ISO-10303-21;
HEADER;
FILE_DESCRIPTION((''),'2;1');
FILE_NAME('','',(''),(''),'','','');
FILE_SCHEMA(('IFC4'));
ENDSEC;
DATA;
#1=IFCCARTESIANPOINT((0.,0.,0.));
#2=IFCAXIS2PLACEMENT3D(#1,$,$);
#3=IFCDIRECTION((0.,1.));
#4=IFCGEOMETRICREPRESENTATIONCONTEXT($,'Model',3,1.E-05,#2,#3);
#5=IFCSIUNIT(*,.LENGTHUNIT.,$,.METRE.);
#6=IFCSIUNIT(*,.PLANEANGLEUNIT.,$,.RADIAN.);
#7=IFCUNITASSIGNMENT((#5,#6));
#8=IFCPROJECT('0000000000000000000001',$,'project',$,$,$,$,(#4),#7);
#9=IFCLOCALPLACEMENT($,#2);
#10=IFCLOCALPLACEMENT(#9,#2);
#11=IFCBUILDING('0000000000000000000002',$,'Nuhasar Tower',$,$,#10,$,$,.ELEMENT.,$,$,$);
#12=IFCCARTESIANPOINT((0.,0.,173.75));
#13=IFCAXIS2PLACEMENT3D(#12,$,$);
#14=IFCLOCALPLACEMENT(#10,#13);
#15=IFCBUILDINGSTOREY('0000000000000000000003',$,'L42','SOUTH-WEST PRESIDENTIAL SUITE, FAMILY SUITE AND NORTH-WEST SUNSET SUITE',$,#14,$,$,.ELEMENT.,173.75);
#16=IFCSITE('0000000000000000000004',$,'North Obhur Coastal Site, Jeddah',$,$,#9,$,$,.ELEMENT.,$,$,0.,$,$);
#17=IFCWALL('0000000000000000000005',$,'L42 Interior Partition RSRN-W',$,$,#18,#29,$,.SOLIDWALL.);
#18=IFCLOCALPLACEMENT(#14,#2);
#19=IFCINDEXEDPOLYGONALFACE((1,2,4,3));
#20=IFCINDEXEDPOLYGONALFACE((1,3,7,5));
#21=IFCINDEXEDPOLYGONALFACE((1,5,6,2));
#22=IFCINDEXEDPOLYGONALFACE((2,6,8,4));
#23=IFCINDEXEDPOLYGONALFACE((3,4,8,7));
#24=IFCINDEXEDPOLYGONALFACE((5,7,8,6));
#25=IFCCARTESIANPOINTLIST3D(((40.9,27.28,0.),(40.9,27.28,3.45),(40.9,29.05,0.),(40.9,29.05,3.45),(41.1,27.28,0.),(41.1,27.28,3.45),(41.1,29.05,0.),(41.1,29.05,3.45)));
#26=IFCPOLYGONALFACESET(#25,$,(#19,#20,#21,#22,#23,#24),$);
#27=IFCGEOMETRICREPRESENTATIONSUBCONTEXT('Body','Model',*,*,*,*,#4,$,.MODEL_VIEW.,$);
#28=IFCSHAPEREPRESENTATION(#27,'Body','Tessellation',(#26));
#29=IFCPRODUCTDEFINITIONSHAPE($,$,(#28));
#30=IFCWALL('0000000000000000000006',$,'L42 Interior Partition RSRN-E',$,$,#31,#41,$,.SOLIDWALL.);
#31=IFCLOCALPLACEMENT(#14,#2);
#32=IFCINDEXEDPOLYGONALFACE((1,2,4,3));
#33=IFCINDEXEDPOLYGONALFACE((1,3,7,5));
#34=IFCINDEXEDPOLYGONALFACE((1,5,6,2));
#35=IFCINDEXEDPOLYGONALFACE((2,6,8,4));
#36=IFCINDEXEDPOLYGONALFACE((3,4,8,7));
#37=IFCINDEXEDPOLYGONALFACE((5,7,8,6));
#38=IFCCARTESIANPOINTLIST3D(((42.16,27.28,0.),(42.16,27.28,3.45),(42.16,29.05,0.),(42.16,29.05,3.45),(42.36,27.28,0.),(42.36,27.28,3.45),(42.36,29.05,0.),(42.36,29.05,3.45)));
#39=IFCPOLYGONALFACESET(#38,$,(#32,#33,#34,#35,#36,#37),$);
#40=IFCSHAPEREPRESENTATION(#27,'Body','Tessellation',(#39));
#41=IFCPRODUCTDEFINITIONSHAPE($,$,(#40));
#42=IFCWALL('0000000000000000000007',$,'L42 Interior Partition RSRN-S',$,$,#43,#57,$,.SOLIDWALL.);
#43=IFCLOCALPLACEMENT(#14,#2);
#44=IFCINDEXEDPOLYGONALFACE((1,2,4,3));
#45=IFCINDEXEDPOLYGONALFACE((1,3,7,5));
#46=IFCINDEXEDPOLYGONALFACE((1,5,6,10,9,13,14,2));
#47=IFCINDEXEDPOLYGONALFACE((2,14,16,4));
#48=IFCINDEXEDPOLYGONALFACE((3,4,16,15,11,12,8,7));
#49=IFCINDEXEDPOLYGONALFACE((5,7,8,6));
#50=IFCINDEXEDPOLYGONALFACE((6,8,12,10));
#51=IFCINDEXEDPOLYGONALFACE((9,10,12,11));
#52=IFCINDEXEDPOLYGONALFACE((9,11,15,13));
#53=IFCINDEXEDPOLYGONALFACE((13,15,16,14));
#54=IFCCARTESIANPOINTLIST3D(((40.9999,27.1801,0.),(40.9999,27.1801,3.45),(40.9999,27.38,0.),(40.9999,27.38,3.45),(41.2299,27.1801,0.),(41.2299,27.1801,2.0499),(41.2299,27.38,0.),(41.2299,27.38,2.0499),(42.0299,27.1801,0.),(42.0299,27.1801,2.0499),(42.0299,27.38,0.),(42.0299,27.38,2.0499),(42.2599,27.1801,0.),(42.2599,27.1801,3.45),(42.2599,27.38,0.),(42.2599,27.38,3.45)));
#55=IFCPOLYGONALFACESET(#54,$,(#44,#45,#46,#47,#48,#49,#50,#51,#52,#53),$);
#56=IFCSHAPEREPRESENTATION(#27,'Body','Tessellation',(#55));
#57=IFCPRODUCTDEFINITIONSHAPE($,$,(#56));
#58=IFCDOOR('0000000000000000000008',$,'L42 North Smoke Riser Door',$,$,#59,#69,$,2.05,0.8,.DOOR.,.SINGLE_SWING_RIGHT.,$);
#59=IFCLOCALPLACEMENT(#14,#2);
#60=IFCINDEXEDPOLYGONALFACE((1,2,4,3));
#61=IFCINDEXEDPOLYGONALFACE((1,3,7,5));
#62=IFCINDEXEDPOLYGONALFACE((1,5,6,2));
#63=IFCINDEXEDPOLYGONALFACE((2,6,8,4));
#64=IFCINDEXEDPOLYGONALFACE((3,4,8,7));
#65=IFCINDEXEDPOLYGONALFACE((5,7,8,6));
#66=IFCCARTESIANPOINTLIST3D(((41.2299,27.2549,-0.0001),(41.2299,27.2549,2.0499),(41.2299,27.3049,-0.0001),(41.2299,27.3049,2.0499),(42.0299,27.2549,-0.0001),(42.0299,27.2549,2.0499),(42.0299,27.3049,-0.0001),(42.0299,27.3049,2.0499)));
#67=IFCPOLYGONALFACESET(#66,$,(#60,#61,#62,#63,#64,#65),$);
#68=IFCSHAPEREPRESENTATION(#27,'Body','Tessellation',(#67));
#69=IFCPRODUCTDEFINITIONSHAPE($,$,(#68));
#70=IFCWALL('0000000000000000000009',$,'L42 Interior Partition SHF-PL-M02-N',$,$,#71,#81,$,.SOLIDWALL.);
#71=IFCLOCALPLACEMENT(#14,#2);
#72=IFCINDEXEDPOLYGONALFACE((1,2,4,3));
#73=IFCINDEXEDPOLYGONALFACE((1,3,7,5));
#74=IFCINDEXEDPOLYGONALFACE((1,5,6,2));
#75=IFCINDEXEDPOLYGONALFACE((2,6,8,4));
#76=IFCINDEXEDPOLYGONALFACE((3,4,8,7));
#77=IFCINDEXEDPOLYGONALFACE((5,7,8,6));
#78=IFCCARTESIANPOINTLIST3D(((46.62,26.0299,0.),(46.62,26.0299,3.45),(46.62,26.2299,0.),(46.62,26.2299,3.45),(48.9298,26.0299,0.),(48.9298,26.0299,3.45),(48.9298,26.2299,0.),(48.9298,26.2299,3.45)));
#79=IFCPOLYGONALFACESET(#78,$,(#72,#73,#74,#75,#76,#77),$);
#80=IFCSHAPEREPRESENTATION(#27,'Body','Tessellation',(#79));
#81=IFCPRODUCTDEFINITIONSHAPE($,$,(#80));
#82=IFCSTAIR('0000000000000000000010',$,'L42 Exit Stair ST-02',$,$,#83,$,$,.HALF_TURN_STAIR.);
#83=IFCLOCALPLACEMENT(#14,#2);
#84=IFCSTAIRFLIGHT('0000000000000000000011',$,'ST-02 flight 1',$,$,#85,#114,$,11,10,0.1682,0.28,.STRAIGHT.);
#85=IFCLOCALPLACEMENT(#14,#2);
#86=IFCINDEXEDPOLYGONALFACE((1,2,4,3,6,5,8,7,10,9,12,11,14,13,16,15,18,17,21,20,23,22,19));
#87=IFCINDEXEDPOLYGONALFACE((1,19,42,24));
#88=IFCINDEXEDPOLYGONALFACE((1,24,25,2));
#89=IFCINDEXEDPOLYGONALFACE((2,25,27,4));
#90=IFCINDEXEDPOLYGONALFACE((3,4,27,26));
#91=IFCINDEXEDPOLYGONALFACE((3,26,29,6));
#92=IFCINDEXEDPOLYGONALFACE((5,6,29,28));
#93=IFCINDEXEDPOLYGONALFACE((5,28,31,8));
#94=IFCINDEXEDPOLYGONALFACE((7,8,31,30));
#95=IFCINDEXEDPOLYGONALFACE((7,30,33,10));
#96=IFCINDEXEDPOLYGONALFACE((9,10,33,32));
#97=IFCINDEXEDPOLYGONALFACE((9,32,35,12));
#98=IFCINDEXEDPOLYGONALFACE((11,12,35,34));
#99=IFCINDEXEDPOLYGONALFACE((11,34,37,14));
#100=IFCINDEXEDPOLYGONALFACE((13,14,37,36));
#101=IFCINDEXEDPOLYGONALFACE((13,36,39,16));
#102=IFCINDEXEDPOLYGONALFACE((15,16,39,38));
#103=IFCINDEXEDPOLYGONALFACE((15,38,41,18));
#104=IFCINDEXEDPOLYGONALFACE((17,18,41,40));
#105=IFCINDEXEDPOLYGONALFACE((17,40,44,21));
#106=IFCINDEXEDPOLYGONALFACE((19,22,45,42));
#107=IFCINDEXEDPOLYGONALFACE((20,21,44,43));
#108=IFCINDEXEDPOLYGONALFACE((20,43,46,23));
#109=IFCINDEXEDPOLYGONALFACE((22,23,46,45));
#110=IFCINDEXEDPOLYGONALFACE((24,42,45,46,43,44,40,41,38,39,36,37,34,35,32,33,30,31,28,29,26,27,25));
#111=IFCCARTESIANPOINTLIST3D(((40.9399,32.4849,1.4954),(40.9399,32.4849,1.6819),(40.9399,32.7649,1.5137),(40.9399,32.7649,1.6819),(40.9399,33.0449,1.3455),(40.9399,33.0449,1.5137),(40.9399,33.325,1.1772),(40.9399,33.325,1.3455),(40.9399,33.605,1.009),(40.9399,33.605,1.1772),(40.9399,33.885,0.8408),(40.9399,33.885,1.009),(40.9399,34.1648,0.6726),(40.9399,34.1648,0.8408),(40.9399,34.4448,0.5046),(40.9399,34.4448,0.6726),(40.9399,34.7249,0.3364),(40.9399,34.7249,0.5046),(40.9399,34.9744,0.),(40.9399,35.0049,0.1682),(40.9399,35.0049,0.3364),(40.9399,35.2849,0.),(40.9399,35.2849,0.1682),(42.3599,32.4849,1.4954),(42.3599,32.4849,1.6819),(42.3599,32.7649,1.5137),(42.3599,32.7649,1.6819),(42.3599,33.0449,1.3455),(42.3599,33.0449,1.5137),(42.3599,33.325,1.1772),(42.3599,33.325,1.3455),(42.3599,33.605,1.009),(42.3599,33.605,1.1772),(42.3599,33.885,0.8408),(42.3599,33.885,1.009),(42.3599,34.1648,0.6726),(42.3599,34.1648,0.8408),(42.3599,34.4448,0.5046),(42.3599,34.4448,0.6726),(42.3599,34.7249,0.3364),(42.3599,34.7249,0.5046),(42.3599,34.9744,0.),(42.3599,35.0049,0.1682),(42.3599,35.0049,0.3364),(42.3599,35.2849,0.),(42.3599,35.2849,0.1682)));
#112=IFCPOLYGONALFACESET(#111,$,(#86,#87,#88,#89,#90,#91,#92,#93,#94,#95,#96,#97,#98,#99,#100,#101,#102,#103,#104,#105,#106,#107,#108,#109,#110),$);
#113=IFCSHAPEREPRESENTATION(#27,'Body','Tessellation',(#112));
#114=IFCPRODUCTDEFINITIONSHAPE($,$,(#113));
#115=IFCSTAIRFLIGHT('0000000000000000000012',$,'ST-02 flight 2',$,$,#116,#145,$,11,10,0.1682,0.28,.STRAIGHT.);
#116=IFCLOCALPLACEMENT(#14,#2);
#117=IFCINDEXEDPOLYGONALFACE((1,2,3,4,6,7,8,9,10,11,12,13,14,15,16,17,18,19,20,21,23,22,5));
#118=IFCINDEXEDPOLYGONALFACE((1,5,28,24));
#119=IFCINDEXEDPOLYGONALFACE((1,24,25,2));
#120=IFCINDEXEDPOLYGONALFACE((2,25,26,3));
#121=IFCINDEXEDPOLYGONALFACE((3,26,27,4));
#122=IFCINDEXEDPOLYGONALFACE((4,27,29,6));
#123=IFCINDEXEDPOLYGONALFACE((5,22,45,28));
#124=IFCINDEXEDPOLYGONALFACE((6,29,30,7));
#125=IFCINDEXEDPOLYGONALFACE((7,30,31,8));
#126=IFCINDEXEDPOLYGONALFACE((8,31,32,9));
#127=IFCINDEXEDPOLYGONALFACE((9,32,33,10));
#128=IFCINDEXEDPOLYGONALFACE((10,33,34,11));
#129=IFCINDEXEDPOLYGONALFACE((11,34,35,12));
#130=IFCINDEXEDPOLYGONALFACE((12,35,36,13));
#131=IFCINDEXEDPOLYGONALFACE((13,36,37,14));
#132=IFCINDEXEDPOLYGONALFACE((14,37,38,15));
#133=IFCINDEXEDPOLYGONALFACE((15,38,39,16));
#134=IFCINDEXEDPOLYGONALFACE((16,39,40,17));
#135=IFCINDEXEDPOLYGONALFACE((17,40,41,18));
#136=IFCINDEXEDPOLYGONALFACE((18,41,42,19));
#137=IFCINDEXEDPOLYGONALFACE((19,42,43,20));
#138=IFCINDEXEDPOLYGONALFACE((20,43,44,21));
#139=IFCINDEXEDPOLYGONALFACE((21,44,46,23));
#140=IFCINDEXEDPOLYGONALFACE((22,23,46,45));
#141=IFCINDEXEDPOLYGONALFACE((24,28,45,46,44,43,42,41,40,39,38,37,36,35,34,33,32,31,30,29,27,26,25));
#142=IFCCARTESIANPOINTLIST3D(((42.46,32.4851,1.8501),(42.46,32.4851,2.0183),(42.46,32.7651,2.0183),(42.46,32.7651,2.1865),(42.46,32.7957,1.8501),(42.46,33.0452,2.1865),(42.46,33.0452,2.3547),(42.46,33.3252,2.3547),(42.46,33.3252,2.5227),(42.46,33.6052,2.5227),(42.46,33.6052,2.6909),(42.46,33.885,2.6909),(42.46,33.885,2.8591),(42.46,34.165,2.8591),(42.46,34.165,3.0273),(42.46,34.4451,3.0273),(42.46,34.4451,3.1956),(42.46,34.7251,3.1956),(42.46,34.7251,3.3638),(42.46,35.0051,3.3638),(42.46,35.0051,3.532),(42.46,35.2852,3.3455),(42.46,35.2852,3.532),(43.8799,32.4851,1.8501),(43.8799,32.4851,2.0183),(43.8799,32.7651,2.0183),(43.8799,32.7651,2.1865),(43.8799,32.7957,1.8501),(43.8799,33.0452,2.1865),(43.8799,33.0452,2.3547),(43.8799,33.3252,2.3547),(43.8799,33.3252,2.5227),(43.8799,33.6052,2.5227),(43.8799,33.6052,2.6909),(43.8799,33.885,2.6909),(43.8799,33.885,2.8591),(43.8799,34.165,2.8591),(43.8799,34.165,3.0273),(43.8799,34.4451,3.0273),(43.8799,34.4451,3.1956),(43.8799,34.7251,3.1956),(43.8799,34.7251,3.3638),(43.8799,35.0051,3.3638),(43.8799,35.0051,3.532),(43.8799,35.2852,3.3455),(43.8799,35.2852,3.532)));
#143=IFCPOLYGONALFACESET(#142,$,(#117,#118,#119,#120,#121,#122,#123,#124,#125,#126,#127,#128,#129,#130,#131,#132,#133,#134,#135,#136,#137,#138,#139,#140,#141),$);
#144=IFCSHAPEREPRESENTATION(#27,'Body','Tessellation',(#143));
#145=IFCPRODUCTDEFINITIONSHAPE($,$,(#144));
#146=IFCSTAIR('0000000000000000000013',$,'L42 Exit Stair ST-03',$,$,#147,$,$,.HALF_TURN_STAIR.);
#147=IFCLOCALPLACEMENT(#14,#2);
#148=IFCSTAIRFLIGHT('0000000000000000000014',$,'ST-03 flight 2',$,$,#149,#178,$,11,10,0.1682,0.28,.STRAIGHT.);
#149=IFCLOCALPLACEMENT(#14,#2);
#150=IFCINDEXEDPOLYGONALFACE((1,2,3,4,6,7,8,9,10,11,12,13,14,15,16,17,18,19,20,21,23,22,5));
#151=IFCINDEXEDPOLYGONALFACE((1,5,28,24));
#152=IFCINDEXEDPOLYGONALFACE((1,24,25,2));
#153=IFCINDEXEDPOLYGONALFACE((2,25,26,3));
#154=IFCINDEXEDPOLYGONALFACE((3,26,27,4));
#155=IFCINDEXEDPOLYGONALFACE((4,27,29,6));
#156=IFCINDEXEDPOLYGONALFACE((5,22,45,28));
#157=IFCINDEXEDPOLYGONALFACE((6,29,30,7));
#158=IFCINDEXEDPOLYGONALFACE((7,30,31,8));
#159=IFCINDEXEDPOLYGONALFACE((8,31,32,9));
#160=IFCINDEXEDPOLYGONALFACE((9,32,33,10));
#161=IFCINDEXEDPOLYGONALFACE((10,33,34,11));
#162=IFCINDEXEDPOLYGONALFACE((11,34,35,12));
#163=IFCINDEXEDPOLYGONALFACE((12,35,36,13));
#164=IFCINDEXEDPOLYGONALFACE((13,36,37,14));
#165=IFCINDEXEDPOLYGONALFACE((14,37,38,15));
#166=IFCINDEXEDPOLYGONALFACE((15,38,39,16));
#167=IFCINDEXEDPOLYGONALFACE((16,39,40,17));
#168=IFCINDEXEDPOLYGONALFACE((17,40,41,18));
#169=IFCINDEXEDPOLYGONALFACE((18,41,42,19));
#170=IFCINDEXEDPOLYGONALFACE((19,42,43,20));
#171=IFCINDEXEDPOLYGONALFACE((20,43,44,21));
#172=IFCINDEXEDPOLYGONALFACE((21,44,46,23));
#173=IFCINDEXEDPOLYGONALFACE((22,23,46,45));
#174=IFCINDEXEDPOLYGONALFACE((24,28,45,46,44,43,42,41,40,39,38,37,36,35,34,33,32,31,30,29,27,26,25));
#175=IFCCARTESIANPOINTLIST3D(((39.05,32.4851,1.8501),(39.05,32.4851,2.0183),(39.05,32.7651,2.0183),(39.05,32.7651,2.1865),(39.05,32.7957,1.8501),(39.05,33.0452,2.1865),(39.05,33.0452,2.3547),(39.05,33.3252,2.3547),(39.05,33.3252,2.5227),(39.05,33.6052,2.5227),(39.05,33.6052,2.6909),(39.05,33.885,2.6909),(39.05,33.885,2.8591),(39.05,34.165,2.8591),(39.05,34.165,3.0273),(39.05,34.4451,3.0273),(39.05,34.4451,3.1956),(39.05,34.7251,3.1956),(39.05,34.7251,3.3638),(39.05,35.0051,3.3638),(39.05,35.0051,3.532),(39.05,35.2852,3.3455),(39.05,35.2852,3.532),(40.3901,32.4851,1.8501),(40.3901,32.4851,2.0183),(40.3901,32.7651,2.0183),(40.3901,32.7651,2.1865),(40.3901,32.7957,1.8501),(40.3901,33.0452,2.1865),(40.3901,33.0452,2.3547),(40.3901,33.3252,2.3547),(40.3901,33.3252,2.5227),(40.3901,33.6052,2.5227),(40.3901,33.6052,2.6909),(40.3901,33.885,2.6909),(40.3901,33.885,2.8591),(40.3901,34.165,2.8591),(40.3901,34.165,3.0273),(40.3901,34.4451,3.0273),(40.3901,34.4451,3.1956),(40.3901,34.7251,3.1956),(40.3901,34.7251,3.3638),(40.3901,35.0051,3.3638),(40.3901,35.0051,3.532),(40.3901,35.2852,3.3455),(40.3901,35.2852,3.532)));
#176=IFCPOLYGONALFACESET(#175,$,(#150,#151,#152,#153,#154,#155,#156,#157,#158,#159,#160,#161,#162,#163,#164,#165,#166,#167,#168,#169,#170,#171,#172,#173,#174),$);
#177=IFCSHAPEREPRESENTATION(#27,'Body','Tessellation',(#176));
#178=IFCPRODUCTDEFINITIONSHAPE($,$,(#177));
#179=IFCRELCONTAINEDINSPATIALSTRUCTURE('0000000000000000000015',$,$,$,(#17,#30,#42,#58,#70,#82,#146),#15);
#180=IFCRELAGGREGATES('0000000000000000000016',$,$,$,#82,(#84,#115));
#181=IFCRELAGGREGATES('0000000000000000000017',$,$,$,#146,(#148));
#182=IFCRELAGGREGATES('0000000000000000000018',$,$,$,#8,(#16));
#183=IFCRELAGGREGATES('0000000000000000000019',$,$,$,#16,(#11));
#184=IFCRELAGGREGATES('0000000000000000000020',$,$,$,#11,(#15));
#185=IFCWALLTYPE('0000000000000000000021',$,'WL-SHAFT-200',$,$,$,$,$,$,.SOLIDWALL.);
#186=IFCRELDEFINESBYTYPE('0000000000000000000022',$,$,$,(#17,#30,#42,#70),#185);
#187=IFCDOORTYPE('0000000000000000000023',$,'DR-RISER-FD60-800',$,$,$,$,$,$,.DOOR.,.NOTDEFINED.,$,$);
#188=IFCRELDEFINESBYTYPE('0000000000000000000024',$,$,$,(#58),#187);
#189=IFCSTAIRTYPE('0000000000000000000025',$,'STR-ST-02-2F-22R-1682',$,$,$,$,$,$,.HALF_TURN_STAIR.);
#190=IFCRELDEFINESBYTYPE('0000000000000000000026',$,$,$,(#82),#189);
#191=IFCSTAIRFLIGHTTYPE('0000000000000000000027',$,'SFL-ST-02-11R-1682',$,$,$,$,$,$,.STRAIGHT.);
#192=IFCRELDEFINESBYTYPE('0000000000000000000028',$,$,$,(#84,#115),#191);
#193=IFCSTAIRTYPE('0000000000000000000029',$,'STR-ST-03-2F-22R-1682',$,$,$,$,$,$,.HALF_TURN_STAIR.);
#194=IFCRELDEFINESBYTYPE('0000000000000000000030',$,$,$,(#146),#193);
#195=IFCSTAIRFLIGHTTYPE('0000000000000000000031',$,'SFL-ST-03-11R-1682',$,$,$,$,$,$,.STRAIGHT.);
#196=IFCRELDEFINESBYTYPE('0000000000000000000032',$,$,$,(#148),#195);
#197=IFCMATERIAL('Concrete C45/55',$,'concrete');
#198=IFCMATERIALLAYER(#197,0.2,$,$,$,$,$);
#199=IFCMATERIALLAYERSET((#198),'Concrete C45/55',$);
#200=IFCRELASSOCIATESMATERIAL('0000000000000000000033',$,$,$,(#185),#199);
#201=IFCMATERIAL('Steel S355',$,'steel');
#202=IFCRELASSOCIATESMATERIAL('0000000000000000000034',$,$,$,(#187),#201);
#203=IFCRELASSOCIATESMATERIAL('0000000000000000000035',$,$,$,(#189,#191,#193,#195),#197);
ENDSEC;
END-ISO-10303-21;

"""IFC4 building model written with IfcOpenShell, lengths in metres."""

from ifc_helpers import new_model, si_unit, direction, frame, frame_2d, origin, place, context, subcontext, project, spatial, polyline, rectangle, outline, extrude, material, layer, layer_set, type_object, element, fill, aggregate, save


model = new_model("IFC4")

# Units and contexts
model_context = context("Model", 3, precision=1e-05, world=origin(), true_north=direction((0.0, 1.0)))
body_context = subcontext(model_context, "Body", "Model", "MODEL_VIEW")
ifc_project = project(units=[si_unit("LENGTHUNIT", "METRE"), si_unit("PLANEANGLEUNIT", "RADIAN")], contexts=[model_context])

# Site, building, storey
site_placement = place(None, origin())
site = spatial("IfcSite", under=ifc_project, at=site_placement, Name="North Obhur Coastal Site, Jeddah", CompositionType="ELEMENT", RefElevation=0.0)
building_placement = place(site_placement, origin())
building = spatial("IfcBuilding", under=site, at=building_placement, Name="Nuhasar Tower", CompositionType="ELEMENT")
storey_placement = place(building_placement, frame((0.0, 0.0, 173.75)))
storey = spatial("IfcBuildingStorey", under=building, at=storey_placement, Name="L42", Description="SOUTH-WEST PRESIDENTIAL SUITE, FAMILY SUITE AND NORTH-WEST SUNSET SUITE", CompositionType="ELEMENT", Elevation=173.75)

# Shared definitions
ifc_material_1 = material(Name="Steel S355", Category="steel")

# Shared definitions
ifc_material_2 = material(Name="Concrete C45/55", Category="concrete")

# Walls
ifc_layer_1 = layer(ifc_material_2, 0.2)
ifc_layer_set_1 = layer_set([ifc_layer_1], Name="Concrete C45/55")
wall_type_1 = type_object("IfcWallType", Name="WL-SHAFT-200", PredefinedType="SOLIDWALL", material=ifc_layer_set_1)
for number, where, z_axis, x_axis, name in (
    (1, (41.0, 27.28, 0.0), (0.0, 0.0, 1.0), (0.0, 1.0, 0.0), "L42 Interior Partition RSRN-W"),
    (2, (42.26, 27.28, 0.0), (0.0, 0.0, 1.0), (0.0, 1.0, 0.0), "L42 Interior Partition RSRN-E"),
):
    element("IfcWall", number, at=place(storey_placement, frame(where, z_axis=z_axis, x_axis=x_axis)), inside=storey, type_object=wall_type_1, Name=name, PredefinedType="SOLIDWALL", context=body_context, shape_type="SweptSolid", body=[
        extrude(rectangle(XDim=1.77, YDim=0.2, at=frame_2d((0.885, 0.0))), origin(), (0.0, 0.0, 1.0), 3.45),
    ])

# Wall, opening, door
wall_1_placement = place(storey_placement, frame((41.0, 27.28, 0.0), z_axis=(0.0, 0.0, 1.0), x_axis=(1.0, 0.0, 0.0)))
wall_1 = element("IfcWall", 3, at=wall_1_placement, inside=storey, type_object=wall_type_1, Name="L42 Interior Partition RSRN-S", PredefinedType="SOLIDWALL", context=body_context, shape_type="SweptSolid", body=[
    extrude(rectangle(XDim=1.26, YDim=0.2, at=frame_2d((0.6299, 0.0))), origin(), (0.0, 0.0, 1.0), 3.45),
])
opening_1_placement = place(wall_1_placement, frame((0.23, 0.0, 0.0)))
opening_1 = element("IfcOpeningElement", 4, at=opening_1_placement, cuts=wall_1, PredefinedType="OPENING", context=body_context, shape_type="SweptSolid", body=[
    extrude(rectangle(XDim=0.8, YDim=2.05, at=frame_2d((0.3999, 1.0249))), frame((0.0, 0.1099, 0.0), z_axis=(0.0, -1.0, 0.0), x_axis=(1.0, 0.0, 0.0)), (0.0, 0.0, 1.0), 0.22),
])
door_type_1 = type_object("IfcDoorType", Name="DR-RISER-FD60-800", OperationType="NOTDEFINED", PredefinedType="DOOR", material=ifc_material_1)
door_1_placement = place(opening_1_placement, origin())
door_1 = element("IfcDoor", 5, at=door_1_placement, inside=storey, type_object=door_type_1, Name="L42 North Smoke Riser Door", OperationType="SINGLE_SWING_RIGHT", OverallHeight=2.05, OverallWidth=0.8, PredefinedType="DOOR", context=body_context, shape_type="SweptSolid", body=[
    extrude(rectangle(XDim=0.8, YDim=2.05, at=frame_2d((0.3999, 1.0249))), frame((0.0, 0.0249, 0.0), z_axis=(0.0, -1.0, 0.0), x_axis=(1.0, 0.0, 0.0)), (0.0, 0.0, 1.0), 0.05),
])
fill(opening_1, door_1)

# Wall
wall_2_placement = place(storey_placement, frame((46.6201, 26.1299, 0.0), z_axis=(0.0, 0.0, 1.0), x_axis=(1.0, 0.0, 0.0)))
element("IfcWall", 6, at=wall_2_placement, inside=storey, type_object=wall_type_1, Name="L42 Interior Partition SHF-PL-M02-N", PredefinedType="SOLIDWALL", context=body_context, shape_type="SweptSolid", body=[
    extrude(rectangle(XDim=2.3098, YDim=0.2, at=frame_2d((1.1548, 0.0))), origin(), (0.0, 0.0, 1.0), 3.45),
])

# Stair, stair flights
stair_type_1 = type_object("IfcStairType", Name="STR-ST-02-2F-22R-1682", PredefinedType="HALF_TURN_STAIR", material=ifc_material_2)
stair_1_placement = place(storey_placement, origin())
stair_1 = element("IfcStair", 7, at=stair_1_placement, inside=storey, type_object=stair_type_1, Name="L42 Exit Stair ST-02", PredefinedType="HALF_TURN_STAIR")
stair_flight_type_1 = type_object("IfcStairFlightType", Name="SFL-ST-02-11R-1682", PredefinedType="STRAIGHT", material=ifc_material_2)
stair_flight_1_placement = place(storey_placement, frame((41.6499, 35.2849, 0.0), z_axis=(0.0, 0.0, 1.0), x_axis=(0.0, -1.0, 0.0)))
stair_flight_1 = element("IfcStairFlight", 8, at=stair_flight_1_placement, type_object=stair_flight_type_1, Name="ST-02 flight 1", NumberOfRisers=11, NumberOfTreads=10, PredefinedType="STRAIGHT", RiserHeight=0.1682, TreadLength=0.28, context=body_context, shape_type="SweptSolid", body=[
    extrude(outline(polyline([(0.0, 0.0), (0.0, 0.1682), (0.28, 0.1682), (0.28, 0.3364), (0.5601, 0.3364), (0.5601, 0.5046), (0.8401, 0.5046), (0.8401, 0.6726), (1.1201, 0.6726), (1.1201, 0.8408), (1.3999, 0.8408), (1.3999, 1.009), (1.6799, 1.009), (1.6799, 1.1772), (1.96, 1.1772), (1.96, 1.3455), (2.24, 1.3455), (2.24, 1.5137), (2.52, 1.5137), (2.52, 1.6819), (2.8, 1.6819), (2.8, 1.8501), (2.8, 1.4954), (0.3105, 0.0), (0.0, 0.0)])), frame((0.0, 0.71, 0.0), z_axis=(0.0, -1.0, 0.0), x_axis=(1.0, 0.0, 0.0)), (0.0, 0.0, 1.0), 1.4199),
])
stair_flight_2_placement = place(storey_placement, frame((43.1699, 32.4851, 1.8501), z_axis=(0.0, 0.0, 1.0), x_axis=(0.0, 1.0, 0.0)))
stair_flight_2 = element("IfcStairFlight", 9, at=stair_flight_2_placement, type_object=stair_flight_type_1, Name="ST-02 flight 2", NumberOfRisers=11, NumberOfTreads=10, PredefinedType="STRAIGHT", RiserHeight=0.1682, TreadLength=0.28, context=body_context, shape_type="SweptSolid", body=[
    extrude(outline(polyline([(0.0, 0.0), (0.0, 0.1682), (0.28, 0.1682), (0.28, 0.3364), (0.5601, 0.3364), (0.5601, 0.5046), (0.8401, 0.5046), (0.8401, 0.6726), (1.1201, 0.6726), (1.1201, 0.8408), (1.3999, 0.8408), (1.3999, 1.009), (1.6799, 1.009), (1.6799, 1.1772), (1.96, 1.1772), (1.96, 1.3455), (2.24, 1.3455), (2.24, 1.5137), (2.52, 1.5137), (2.52, 1.6819), (2.8, 1.6819), (2.8, 1.8501), (2.8, 1.4954), (0.3105, 0.0), (0.0, 0.0)])), frame((0.0, 0.71, 0.0), z_axis=(0.0, -1.0, 0.0), x_axis=(1.0, 0.0, 0.0)), (0.0, 0.0, 1.0), 1.4199),
])
aggregate(stair_1, [stair_flight_1, stair_flight_2])

# Stair, stair flight
stair_type_2 = type_object("IfcStairType", Name="STR-ST-03-2F-22R-1682", PredefinedType="HALF_TURN_STAIR", material=ifc_material_2)
stair_2_placement = place(storey_placement, origin())
stair_2 = element("IfcStair", 10, at=stair_2_placement, inside=storey, type_object=stair_type_2, Name="L42 Exit Stair ST-03", PredefinedType="HALF_TURN_STAIR")
stair_flight_type_2 = type_object("IfcStairFlightType", Name="SFL-ST-03-11R-1682", PredefinedType="STRAIGHT", material=ifc_material_2)
stair_flight_3_placement = place(storey_placement, frame((39.72, 32.4851, 1.8501), z_axis=(0.0, 0.0, 1.0), x_axis=(0.0, 1.0, 0.0)))
stair_flight_3 = element("IfcStairFlight", 11, at=stair_flight_3_placement, type_object=stair_flight_type_2, Name="ST-03 flight 2", NumberOfRisers=11, NumberOfTreads=10, PredefinedType="STRAIGHT", RiserHeight=0.1682, TreadLength=0.28, context=body_context, shape_type="SweptSolid", body=[
    extrude(outline(polyline([(0.0, 0.0), (0.0, 0.1682), (0.28, 0.1682), (0.28, 0.3364), (0.5601, 0.3364), (0.5601, 0.5046), (0.8401, 0.5046), (0.8401, 0.6726), (1.1201, 0.6726), (1.1201, 0.8408), (1.3999, 0.8408), (1.3999, 1.009), (1.6799, 1.009), (1.6799, 1.1772), (1.96, 1.1772), (1.96, 1.3455), (2.24, 1.3455), (2.24, 1.5137), (2.52, 1.5137), (2.52, 1.6819), (2.8, 1.6819), (2.8, 1.8501), (2.8, 1.4954), (0.3105, 0.0), (0.0, 0.0)])), frame((0.0, 0.6699, 0.0), z_axis=(0.0, -1.0, 0.0), x_axis=(1.0, 0.0, 0.0)), (0.0, 0.0, 1.0), 1.3401),
])
aggregate(stair_2, [stair_flight_3])

save(model, "model.ifc")
